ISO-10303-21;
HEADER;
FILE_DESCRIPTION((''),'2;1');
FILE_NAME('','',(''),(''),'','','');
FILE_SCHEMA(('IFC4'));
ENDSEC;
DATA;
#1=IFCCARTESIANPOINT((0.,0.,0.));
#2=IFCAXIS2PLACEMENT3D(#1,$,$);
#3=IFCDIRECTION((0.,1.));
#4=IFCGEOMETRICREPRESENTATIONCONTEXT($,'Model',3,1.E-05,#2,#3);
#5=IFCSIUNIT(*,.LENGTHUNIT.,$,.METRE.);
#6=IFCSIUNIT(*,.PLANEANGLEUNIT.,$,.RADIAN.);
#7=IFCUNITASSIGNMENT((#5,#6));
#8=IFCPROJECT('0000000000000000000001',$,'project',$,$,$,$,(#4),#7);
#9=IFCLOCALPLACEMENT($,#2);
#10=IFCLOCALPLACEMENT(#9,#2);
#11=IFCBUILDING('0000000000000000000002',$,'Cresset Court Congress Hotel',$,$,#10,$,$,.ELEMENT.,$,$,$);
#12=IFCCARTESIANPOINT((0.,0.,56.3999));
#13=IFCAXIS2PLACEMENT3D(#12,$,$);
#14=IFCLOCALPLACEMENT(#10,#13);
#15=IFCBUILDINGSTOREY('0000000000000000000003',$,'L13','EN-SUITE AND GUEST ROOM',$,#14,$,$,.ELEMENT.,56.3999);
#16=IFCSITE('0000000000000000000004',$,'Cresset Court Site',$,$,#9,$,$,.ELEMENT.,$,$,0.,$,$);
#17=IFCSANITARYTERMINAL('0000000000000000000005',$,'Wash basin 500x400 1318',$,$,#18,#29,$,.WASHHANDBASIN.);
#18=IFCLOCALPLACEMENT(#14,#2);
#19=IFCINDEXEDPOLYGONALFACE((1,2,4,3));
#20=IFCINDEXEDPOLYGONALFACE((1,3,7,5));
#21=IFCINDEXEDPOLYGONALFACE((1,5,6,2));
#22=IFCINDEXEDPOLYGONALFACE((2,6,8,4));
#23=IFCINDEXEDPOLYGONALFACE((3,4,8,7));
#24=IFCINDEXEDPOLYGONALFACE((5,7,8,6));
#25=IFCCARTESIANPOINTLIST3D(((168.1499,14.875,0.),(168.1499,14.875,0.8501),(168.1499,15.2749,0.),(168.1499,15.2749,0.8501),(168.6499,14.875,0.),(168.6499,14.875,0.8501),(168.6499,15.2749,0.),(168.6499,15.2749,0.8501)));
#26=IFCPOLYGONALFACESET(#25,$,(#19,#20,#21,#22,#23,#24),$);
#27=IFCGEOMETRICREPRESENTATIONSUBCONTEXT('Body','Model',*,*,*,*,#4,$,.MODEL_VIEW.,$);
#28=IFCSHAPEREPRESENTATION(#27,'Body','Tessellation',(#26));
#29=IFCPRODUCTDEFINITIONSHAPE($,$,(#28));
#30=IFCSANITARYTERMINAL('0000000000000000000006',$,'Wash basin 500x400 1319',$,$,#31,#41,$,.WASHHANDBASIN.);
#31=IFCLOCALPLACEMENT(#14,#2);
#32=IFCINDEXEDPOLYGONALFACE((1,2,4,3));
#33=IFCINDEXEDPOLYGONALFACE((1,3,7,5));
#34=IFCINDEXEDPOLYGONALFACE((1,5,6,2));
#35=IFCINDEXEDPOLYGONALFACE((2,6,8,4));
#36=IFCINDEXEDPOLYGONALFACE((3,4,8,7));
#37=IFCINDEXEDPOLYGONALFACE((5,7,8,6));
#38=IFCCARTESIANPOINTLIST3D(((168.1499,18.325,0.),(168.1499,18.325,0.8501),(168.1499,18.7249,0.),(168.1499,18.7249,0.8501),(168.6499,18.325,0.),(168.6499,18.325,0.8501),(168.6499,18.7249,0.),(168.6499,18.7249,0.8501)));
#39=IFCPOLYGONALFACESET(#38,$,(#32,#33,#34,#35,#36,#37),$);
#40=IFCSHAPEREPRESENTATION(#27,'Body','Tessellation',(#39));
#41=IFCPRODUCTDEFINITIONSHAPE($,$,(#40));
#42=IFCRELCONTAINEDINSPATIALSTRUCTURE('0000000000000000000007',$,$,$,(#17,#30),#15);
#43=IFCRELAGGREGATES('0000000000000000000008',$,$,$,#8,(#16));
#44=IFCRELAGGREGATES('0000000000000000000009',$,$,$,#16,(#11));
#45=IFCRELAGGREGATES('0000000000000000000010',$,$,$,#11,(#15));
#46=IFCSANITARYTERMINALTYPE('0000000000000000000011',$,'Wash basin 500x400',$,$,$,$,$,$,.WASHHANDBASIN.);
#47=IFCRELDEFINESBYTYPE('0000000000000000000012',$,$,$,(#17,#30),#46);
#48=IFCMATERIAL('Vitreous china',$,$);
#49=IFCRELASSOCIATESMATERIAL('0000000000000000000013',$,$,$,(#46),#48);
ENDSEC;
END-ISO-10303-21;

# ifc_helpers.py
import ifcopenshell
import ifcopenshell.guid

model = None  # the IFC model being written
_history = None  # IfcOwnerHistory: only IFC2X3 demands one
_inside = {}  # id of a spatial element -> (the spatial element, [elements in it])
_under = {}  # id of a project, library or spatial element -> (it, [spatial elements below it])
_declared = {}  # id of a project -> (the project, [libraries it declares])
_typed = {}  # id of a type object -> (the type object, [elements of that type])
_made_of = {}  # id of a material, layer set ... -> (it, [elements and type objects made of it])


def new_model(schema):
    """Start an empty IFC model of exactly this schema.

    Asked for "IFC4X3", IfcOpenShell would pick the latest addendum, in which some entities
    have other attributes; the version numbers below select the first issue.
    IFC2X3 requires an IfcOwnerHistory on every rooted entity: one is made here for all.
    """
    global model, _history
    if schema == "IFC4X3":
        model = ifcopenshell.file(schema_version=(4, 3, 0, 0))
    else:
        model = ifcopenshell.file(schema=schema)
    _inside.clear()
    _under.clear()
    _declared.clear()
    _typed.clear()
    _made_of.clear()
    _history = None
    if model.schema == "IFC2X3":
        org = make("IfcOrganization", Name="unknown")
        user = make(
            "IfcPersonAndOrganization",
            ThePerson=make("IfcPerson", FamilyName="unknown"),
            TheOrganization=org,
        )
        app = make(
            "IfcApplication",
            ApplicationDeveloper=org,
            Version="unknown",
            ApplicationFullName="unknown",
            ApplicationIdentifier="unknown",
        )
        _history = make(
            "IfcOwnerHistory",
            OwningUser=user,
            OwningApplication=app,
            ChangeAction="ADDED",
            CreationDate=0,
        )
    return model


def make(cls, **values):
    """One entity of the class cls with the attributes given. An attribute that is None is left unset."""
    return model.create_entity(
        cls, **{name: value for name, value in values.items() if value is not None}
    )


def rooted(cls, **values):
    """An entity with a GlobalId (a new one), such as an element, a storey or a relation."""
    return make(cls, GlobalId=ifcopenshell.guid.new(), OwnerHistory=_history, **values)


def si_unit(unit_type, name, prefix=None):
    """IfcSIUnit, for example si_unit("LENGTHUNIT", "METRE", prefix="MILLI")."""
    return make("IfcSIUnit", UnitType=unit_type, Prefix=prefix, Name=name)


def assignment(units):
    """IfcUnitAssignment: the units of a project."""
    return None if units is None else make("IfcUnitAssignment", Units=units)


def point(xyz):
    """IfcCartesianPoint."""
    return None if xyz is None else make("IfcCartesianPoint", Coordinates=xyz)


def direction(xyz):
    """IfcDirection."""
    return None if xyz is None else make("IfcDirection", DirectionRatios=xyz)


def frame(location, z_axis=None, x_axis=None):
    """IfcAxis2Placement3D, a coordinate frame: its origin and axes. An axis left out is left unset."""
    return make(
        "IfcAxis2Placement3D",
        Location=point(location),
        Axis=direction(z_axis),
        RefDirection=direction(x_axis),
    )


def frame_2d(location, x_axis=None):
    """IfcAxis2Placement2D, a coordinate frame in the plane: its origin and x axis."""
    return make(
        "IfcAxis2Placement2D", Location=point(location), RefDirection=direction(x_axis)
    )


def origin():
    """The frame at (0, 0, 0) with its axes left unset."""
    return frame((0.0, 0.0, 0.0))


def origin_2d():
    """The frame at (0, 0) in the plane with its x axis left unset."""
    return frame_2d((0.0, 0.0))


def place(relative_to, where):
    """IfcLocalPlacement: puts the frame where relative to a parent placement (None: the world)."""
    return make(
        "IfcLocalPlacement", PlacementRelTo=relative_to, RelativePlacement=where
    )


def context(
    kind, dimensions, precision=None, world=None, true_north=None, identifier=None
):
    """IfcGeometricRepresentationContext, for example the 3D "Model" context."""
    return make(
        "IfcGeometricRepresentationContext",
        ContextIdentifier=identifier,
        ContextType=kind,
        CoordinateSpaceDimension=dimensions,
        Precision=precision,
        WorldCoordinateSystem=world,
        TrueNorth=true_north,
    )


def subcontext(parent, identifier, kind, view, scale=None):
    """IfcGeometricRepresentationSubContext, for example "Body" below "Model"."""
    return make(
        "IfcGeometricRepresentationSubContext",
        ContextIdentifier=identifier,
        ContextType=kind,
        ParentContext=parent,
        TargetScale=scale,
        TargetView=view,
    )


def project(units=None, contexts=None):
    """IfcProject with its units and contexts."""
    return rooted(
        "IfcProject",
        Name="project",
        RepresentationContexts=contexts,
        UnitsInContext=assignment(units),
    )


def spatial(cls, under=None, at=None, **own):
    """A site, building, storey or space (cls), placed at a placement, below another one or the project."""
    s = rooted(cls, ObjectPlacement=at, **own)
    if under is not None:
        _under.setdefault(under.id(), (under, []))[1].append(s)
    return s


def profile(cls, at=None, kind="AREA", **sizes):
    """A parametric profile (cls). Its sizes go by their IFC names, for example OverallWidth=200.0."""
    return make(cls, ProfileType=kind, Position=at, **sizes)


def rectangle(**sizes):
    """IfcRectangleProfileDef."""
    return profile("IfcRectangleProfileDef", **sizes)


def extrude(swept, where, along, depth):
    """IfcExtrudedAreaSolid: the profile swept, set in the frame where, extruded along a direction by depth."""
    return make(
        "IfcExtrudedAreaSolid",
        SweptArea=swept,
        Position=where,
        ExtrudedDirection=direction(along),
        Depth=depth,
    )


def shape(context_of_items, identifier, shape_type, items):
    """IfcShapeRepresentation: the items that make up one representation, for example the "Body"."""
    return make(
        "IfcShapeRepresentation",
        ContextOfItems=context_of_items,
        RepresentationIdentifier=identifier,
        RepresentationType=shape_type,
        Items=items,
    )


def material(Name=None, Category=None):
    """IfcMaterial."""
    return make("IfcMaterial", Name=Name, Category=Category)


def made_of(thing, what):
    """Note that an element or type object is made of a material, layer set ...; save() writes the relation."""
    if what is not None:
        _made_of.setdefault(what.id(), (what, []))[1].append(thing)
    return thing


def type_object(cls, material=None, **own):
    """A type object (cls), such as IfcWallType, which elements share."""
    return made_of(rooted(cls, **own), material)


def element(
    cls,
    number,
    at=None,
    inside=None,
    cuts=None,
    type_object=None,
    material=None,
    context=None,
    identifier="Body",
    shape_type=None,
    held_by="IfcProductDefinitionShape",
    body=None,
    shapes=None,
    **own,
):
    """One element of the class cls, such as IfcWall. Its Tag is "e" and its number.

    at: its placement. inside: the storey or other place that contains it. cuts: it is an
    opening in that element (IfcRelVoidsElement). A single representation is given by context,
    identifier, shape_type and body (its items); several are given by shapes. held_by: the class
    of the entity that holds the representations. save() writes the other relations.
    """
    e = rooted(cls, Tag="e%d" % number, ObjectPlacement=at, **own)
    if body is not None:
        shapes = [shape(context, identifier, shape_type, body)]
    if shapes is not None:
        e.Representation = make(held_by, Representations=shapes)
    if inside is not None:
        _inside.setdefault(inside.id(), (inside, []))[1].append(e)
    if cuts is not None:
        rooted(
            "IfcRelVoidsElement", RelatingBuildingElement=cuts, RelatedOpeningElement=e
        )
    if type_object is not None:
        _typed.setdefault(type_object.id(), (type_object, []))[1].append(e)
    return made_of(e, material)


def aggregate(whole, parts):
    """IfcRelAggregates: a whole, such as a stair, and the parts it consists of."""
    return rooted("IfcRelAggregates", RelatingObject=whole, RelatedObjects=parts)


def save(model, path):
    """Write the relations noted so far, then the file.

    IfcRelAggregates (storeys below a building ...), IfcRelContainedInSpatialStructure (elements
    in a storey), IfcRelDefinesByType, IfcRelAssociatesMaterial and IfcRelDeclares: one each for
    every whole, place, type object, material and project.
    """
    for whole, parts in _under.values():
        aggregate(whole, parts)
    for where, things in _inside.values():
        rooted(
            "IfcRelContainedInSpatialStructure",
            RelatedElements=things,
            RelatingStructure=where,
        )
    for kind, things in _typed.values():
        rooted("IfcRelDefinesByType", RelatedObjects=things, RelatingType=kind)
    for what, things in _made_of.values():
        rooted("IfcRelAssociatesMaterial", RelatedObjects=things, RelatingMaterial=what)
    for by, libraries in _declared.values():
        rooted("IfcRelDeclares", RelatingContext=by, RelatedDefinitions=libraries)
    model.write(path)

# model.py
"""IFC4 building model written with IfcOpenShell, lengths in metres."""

from ifc_helpers import new_model, si_unit, direction, frame, origin, origin_2d, place, context, subcontext, project, spatial, rectangle, extrude, material, type_object, element, save


model = new_model("IFC4")

# Units and contexts
model_context = context("Model", 3, precision=1e-05, world=origin(), true_north=direction((0.0, 1.0)))
body_context = subcontext(model_context, "Body", "Model", "MODEL_VIEW")
ifc_project = project(units=[si_unit("LENGTHUNIT", "METRE"), si_unit("PLANEANGLEUNIT", "RADIAN")], contexts=[model_context])

# Site, building, storey
site_placement = place(None, origin())
site = spatial("IfcSite", under=ifc_project, at=site_placement, Name="Cresset Court Site", CompositionType="ELEMENT", RefElevation=0.0)
building_placement = place(site_placement, origin())
building = spatial("IfcBuilding", under=site, at=building_placement, Name="Cresset Court Congress Hotel", CompositionType="ELEMENT")
storey_placement = place(building_placement, frame((0.0, 0.0, 56.3999)))
storey = spatial("IfcBuildingStorey", under=building, at=storey_placement, Name="L13", Description="EN-SUITE AND GUEST ROOM", CompositionType="ELEMENT", Elevation=56.3999)

# Sanitary terminals
ifc_material_1 = material(Name="Vitreous china")
sanitary_terminal_type_1 = type_object("IfcSanitaryTerminalType", Name="Wash basin 500x400", PredefinedType="WASHHANDBASIN", material=ifc_material_1)
for number, where, z_axis, x_axis, name in (
    (1, (168.3999, 15.075, 0.0), (0.0, 0.0, 1.0), (1.0, 0.0, 0.0), "Wash basin 500x400 1318"),
    (2, (168.3999, 18.5249, 0.0), (0.0, 0.0, 1.0), (1.0, 0.0, 0.0), "Wash basin 500x400 1319"),
):
    element("IfcSanitaryTerminal", number, at=place(storey_placement, frame(where, z_axis=z_axis, x_axis=x_axis)), inside=storey, type_object=sanitary_terminal_type_1, Name=name, PredefinedType="WASHHANDBASIN", context=body_context, shape_type="SweptSolid", body=[
        extrude(rectangle(XDim=0.5, YDim=0.3999, at=origin_2d()), origin(), (0.0, 0.0, 1.0), 0.8501),
    ])

save(model, "model.ifc")
